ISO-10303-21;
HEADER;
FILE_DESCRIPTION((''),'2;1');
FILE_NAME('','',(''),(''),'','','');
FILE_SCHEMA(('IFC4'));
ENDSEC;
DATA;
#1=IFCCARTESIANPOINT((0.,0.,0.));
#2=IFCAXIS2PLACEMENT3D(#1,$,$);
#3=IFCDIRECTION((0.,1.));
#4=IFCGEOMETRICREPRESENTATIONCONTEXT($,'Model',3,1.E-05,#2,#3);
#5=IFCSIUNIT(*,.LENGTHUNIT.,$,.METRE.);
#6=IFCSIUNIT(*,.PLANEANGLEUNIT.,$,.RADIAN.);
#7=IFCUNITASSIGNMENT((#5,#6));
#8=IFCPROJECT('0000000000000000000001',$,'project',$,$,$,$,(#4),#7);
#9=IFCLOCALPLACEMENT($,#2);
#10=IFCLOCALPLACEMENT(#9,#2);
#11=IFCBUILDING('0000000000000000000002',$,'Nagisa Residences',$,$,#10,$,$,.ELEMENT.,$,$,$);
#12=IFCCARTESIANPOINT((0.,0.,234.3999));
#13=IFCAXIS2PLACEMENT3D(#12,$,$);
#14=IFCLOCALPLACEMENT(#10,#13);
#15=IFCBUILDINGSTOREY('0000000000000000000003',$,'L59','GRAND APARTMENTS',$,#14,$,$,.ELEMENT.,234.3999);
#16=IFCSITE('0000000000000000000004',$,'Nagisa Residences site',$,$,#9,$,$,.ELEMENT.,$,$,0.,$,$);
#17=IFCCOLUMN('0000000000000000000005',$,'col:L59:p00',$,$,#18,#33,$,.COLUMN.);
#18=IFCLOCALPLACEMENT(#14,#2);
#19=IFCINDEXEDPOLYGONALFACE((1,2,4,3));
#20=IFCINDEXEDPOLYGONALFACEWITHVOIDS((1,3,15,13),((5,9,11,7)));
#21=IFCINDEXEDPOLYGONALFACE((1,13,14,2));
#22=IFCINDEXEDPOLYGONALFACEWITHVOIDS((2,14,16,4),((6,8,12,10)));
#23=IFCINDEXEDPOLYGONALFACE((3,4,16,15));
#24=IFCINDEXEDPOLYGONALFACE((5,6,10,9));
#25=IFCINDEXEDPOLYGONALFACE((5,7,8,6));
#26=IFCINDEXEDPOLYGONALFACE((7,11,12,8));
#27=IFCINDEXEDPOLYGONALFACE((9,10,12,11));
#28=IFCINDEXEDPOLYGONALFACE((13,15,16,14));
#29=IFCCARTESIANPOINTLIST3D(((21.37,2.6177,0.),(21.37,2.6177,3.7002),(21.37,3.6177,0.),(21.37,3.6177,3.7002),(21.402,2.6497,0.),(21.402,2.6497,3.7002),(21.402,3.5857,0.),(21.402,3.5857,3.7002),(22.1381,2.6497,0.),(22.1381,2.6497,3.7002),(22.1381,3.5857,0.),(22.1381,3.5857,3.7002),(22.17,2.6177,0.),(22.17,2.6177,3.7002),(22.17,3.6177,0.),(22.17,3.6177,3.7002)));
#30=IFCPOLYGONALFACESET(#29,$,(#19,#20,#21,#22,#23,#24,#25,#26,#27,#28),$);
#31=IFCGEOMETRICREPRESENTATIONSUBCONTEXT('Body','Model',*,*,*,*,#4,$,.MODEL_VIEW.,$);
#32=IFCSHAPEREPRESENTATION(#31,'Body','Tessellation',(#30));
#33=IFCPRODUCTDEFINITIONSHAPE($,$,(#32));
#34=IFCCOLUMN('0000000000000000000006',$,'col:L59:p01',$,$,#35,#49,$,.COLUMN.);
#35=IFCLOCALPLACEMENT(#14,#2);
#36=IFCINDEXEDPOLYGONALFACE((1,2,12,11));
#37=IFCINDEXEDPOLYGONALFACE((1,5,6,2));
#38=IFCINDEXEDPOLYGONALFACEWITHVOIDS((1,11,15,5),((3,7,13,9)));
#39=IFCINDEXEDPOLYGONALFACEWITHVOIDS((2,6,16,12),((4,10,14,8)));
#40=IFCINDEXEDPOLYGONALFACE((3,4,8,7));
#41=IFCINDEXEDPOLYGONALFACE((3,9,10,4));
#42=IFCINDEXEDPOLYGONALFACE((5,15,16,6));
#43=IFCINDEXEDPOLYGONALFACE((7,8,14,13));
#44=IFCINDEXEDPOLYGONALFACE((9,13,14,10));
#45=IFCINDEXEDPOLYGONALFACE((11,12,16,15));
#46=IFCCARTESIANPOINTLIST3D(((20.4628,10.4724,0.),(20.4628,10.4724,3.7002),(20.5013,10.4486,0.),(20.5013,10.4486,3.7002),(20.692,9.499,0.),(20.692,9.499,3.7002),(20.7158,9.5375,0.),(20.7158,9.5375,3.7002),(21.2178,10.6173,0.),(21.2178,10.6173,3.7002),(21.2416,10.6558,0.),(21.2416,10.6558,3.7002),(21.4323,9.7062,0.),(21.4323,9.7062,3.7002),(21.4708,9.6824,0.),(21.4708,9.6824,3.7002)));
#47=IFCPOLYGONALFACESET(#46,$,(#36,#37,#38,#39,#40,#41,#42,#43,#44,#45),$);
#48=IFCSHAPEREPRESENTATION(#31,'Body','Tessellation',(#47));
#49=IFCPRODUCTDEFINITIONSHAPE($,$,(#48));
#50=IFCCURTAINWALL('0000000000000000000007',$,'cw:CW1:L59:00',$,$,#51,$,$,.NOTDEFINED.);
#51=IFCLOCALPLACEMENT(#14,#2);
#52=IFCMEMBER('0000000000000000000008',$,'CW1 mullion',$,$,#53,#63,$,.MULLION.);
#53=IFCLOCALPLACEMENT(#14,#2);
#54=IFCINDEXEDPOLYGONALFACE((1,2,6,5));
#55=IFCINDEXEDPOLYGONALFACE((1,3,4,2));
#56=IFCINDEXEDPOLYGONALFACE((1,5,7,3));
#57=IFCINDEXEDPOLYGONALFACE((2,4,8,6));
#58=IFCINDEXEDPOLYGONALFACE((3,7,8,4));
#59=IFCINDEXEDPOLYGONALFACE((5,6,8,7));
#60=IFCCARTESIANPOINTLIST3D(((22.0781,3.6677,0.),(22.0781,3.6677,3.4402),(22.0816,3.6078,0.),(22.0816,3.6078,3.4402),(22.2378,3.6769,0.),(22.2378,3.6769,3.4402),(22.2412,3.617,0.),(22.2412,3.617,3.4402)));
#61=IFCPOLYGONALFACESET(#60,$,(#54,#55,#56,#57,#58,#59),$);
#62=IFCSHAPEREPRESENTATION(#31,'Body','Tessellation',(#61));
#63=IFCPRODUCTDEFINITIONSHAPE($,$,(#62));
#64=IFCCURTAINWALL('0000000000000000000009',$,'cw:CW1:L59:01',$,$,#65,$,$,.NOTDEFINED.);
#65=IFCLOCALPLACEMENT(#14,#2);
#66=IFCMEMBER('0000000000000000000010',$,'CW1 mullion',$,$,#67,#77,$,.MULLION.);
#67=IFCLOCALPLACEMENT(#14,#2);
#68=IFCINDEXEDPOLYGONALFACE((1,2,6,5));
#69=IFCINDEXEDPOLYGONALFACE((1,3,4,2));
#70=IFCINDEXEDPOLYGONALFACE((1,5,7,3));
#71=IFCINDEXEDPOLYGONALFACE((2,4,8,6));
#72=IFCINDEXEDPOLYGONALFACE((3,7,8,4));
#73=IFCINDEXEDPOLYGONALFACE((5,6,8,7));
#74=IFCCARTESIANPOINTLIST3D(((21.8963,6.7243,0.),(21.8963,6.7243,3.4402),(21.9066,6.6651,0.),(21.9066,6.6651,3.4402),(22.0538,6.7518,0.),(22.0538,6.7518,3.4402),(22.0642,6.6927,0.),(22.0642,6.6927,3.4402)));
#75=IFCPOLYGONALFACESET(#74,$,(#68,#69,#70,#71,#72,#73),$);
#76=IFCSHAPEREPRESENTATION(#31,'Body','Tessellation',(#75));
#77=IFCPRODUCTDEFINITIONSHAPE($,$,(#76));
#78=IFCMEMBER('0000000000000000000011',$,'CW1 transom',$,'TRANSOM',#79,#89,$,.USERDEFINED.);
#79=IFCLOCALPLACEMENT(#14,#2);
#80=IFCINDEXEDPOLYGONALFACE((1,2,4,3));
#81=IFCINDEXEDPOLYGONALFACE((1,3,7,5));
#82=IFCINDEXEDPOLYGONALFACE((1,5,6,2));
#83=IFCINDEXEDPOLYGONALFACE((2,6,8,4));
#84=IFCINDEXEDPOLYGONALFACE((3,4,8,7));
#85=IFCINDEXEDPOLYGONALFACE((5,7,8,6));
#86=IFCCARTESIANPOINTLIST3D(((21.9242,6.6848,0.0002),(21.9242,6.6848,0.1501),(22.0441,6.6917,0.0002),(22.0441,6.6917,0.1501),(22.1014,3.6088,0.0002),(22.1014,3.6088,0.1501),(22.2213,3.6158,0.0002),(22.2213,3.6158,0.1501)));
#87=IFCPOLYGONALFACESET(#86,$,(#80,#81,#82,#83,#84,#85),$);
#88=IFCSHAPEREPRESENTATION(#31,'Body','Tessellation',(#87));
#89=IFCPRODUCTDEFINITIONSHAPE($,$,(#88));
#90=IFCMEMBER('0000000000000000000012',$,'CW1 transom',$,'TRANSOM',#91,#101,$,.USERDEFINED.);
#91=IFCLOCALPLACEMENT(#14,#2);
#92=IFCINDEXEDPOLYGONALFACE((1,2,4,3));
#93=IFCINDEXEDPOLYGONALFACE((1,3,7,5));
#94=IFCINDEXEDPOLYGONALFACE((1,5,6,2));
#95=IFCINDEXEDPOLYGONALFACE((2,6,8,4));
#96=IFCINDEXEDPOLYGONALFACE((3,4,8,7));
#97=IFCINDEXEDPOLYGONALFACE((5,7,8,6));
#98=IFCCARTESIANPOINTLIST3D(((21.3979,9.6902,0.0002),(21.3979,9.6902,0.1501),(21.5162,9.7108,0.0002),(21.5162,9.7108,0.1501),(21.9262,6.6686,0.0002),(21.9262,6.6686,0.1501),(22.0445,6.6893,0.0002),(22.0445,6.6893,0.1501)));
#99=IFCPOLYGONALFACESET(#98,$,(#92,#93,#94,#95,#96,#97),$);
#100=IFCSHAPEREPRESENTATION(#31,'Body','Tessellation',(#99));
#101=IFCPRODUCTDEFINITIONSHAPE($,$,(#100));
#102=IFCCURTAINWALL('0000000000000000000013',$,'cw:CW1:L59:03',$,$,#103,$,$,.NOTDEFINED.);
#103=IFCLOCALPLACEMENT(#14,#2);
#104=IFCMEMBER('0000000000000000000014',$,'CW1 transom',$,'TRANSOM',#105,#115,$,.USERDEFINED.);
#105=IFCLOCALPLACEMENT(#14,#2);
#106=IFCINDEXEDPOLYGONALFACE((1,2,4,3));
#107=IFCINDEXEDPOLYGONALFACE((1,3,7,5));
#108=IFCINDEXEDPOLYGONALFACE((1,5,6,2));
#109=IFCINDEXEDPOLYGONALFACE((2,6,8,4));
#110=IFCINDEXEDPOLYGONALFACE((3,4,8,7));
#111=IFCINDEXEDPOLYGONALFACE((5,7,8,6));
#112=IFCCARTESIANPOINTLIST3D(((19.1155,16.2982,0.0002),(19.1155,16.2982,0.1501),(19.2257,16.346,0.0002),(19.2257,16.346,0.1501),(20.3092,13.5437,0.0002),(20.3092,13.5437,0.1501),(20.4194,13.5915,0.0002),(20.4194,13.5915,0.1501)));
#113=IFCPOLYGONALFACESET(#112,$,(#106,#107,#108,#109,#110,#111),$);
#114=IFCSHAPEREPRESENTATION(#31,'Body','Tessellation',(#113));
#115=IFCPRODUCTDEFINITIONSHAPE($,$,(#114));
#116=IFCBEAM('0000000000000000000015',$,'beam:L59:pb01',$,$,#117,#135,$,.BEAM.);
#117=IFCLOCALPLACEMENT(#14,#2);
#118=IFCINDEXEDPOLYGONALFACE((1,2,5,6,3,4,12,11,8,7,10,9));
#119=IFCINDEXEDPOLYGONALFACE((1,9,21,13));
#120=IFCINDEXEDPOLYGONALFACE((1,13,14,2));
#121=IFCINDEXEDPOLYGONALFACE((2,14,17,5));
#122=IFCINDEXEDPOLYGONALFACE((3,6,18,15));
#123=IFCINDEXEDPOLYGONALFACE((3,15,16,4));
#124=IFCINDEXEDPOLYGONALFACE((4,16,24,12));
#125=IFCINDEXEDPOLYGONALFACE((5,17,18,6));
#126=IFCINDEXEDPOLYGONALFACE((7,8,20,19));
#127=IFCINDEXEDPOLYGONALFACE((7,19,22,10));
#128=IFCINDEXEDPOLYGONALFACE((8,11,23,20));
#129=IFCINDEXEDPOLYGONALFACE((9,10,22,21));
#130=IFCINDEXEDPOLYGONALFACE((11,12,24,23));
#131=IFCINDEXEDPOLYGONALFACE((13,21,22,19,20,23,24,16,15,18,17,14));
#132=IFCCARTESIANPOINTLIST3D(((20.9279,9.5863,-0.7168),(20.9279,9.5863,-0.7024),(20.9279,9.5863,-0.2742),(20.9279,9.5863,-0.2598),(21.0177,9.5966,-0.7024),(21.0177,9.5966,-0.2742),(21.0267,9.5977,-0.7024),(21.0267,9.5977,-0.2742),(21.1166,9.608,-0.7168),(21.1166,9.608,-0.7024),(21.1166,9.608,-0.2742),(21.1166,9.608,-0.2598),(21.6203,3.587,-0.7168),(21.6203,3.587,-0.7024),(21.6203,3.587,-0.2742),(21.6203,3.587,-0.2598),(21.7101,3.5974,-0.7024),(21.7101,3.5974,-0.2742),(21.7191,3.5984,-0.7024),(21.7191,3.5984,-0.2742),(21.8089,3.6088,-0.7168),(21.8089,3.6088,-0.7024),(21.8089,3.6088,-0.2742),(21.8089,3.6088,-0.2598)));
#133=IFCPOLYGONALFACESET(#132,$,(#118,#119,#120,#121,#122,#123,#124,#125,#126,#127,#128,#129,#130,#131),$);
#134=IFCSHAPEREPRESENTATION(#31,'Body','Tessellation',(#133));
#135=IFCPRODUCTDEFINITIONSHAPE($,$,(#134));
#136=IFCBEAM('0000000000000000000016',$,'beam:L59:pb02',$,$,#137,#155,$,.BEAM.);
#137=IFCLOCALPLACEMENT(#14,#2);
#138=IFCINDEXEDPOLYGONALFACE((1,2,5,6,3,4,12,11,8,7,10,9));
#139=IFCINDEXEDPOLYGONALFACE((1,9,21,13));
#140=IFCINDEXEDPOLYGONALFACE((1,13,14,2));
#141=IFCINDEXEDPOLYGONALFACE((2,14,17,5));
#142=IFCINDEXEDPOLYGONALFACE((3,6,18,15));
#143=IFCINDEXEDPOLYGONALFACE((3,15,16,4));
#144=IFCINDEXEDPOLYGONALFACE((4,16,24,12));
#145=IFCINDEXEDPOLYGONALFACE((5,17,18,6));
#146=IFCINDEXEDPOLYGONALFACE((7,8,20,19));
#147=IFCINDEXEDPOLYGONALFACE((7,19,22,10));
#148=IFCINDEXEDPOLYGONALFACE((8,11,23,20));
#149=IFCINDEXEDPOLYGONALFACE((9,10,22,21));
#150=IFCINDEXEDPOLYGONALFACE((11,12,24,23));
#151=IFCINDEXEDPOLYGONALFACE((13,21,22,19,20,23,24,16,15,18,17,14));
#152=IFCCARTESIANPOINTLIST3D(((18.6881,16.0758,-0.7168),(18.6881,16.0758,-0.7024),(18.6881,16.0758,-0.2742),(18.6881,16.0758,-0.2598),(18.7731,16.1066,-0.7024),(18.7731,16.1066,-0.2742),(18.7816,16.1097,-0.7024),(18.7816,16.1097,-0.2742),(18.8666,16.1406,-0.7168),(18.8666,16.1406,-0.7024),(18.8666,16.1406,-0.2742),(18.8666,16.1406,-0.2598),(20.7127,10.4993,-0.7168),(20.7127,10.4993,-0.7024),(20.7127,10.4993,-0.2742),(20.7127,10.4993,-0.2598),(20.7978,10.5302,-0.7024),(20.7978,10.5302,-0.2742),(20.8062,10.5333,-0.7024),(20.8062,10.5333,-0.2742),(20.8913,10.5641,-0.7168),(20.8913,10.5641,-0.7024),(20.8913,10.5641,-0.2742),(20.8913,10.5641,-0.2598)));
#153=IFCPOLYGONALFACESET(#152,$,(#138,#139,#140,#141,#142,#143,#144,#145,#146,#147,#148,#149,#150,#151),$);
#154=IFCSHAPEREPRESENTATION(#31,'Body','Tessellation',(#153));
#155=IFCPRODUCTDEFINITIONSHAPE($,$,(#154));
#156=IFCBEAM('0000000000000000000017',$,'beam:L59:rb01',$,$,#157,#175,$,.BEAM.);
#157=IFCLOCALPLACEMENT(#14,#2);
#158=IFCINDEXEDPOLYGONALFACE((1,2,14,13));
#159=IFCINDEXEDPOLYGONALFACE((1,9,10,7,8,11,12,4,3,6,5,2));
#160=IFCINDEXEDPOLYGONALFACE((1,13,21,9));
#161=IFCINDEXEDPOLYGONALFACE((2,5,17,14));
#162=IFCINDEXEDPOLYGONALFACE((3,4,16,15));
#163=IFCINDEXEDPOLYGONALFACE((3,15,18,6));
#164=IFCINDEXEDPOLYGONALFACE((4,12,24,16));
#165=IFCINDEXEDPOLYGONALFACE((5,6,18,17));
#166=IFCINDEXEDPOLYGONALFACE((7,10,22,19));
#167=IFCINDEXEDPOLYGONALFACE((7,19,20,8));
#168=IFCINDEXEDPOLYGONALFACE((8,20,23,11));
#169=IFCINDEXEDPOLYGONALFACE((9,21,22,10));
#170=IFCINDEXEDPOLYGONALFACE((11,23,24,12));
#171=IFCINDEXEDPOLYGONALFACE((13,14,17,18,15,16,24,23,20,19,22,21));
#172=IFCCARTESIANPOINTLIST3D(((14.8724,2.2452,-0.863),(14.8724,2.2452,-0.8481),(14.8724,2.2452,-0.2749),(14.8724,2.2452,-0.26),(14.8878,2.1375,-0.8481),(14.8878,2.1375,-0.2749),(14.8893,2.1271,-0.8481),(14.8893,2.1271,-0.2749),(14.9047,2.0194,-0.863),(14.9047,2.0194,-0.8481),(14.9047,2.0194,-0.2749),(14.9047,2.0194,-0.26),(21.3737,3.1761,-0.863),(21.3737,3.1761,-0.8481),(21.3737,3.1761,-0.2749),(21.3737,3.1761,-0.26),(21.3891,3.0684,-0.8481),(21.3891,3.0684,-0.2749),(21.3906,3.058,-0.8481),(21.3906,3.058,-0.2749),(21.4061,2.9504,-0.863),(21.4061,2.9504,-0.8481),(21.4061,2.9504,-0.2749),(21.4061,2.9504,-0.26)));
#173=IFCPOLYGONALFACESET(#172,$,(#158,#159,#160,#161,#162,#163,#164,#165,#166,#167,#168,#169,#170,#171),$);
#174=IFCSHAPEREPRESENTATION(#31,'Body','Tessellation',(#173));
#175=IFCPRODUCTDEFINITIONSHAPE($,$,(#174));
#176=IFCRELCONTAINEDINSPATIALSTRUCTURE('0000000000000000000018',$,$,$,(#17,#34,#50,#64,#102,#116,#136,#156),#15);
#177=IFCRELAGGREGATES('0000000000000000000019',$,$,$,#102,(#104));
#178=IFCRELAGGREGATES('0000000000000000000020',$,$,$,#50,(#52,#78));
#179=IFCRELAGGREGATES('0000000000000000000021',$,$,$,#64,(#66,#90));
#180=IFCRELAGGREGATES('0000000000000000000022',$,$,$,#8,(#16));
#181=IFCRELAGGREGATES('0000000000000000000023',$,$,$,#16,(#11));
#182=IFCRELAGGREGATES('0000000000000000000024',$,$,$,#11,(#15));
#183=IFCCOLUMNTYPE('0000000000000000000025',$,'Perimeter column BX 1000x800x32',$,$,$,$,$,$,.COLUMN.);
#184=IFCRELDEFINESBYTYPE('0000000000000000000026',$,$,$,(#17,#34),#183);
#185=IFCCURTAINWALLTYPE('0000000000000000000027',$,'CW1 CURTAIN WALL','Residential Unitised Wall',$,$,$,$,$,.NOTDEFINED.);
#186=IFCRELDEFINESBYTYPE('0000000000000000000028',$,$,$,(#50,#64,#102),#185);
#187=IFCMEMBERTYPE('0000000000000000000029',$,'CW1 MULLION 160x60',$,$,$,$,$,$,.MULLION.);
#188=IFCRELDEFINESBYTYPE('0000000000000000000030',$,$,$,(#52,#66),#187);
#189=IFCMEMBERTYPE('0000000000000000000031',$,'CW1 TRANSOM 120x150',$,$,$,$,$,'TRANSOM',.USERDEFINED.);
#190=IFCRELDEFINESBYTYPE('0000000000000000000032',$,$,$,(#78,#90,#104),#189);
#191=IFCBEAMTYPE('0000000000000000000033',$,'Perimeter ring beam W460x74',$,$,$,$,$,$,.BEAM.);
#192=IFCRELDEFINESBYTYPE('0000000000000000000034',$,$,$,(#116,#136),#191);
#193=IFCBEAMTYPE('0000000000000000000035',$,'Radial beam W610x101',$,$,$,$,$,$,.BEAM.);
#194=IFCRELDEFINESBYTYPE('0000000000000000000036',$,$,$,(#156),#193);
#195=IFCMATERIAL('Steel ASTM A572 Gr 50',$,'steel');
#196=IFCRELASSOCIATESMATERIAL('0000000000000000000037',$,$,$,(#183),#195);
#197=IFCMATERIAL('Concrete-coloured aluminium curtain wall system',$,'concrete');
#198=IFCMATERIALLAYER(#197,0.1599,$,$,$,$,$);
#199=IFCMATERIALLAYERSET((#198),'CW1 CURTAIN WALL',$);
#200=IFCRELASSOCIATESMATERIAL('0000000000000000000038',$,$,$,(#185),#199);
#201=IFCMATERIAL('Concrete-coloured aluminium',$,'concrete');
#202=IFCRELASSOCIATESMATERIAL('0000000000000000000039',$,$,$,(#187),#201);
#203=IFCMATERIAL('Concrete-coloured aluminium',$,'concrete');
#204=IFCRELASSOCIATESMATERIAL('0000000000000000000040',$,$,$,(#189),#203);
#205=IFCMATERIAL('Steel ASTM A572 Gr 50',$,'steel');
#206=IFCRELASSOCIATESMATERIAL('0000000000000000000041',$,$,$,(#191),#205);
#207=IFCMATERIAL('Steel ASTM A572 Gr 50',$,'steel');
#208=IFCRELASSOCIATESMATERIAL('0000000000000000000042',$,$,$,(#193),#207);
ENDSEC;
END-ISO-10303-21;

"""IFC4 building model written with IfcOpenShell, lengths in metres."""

from ifc_helpers import new_model, si_unit, direction, frame, origin, origin_2d, place, context, subcontext, project, spatial, rectangle, hollow_rectangle, i_section, extrude, material, layer, layer_set, material_profile, profile_set, type_object, element, aggregate, save


model = new_model("IFC4")

# Units and contexts
model_context = context("Model", 3, precision=1e-05, world=origin(), true_north=direction((0.0, 1.0)))
body_context = subcontext(model_context, "Body", "Model", "MODEL_VIEW")
ifc_project = project(units=[si_unit("LENGTHUNIT", "METRE"), si_unit("PLANEANGLEUNIT", "RADIAN")], contexts=[model_context])

# Site, building, storey
site_placement = place(None, origin())
site = spatial("IfcSite", under=ifc_project, at=site_placement, Name="Nagisa Residences site", CompositionType="ELEMENT", RefElevation=0.0)
building_placement = place(site_placement, origin())
building = spatial("IfcBuilding", under=site, at=building_placement, Name="Nagisa Residences", CompositionType="ELEMENT")
storey_placement = place(building_placement, frame((0.0, 0.0, 234.3999)))
storey = spatial("IfcBuildingStorey", under=building, at=storey_placement, Name="L59", Description="GRAND APARTMENTS", CompositionType="ELEMENT", Elevation=234.3999)

# Columns
ifc_material_1 = material(Name="Steel ASTM A572 Gr 50", Category="steel")
ifc_material_profile_1 = material_profile(ifc_material_1, hollow_rectangle(XDim=1.0, YDim=0.8, WallThickness=0.032, at=origin_2d()), Name="BX 1000x800x32")
ifc_profile_set_1 = profile_set([ifc_material_profile_1], Name="Steel ASTM A572 Gr 50")
column_type = type_object("IfcColumnType", Name="Perimeter column BX 1000x800x32", PredefinedType="COLUMN", material=ifc_profile_set_1)
for number, where, z_axis, x_axis, name in (
    (1, (21.77, 3.1177, 0.0), (0.0, 0.0, 1.0), (0.0, 1.0, 0.0), "col:L59:p00"),
    (2, (20.9668, 10.0774, 0.0), (0.0, 0.0, 1.0), (-0.229202, 0.973379, 0.0), "col:L59:p01"),
):
    element("IfcColumn", number, at=place(storey_placement, frame(where, z_axis=z_axis, x_axis=x_axis)), inside=storey, type_object=column_type, Name=name, PredefinedType="COLUMN", context=body_context, shape_type="SweptSolid", body=[
        extrude(hollow_rectangle(XDim=1.0, YDim=0.8, WallThickness=0.032, at=origin_2d()), origin(), (0.0, 0.0, 1.0), 3.7002),
    ])

# Curtain walls, members
ifc_material_2 = material(Name="Concrete-coloured aluminium curtain wall system", Category="concrete")
ifc_layer_1 = layer(ifc_material_2, 0.1599)
ifc_layer_set_1 = layer_set([ifc_layer_1], Name="CW1 CURTAIN WALL")
curtain_wall_type = type_object("IfcCurtainWallType", Name="CW1 CURTAIN WALL", Description="Residential Unitised Wall", PredefinedType="NOTDEFINED", material=ifc_layer_set_1)
curtain_wall_1_placement = place(storey_placement, origin())
curtain_wall_1 = element("IfcCurtainWall", 3, at=curtain_wall_1_placement, inside=storey, type_object=curtain_wall_type, Name="cw:CW1:L59:00", PredefinedType="NOTDEFINED")
ifc_material_3 = material(Name="Concrete-coloured aluminium", Category="concrete")
ifc_material_profile_2 = material_profile(ifc_material_3, rectangle(XDim=0.1599, YDim=0.0601, at=origin_2d()), Name="CW1 MULLION 160x60")
ifc_profile_set_2 = profile_set([ifc_material_profile_2], Name="Concrete-coloured aluminium")
member_type_1 = type_object("IfcMemberType", Name="CW1 MULLION 160x60", PredefinedType="MULLION", material=ifc_profile_set_2)
member_1_placement = place(storey_placement, frame((22.1597, 3.6423, 0.0), z_axis=(0.0, 0.0, 1.0), x_axis=(-0.998345, -0.057503, 0.0)))
member_1 = element("IfcMember", 4, at=member_1_placement, type_object=member_type_1, Name="CW1 mullion", PredefinedType="MULLION", context=body_context, shape_type="SweptSolid", body=[
    extrude(rectangle(XDim=0.1599, YDim=0.0601, at=origin_2d()), origin(), (0.0, 0.0, 1.0), 3.4402),
])
curtain_wall_2_placement = place(storey_placement, origin())
curtain_wall_2 = element("IfcCurtainWall", 5, at=curtain_wall_2_placement, inside=storey, type_object=curtain_wall_type, Name="cw:CW1:L59:01", PredefinedType="NOTDEFINED")
member_2_placement = place(storey_placement, frame((21.9802, 6.7085, 0.0), z_axis=(0.0, 0.0, 1.0), x_axis=(-0.985064, -0.172191, 0.0)))
member_2 = element("IfcMember", 6, at=member_2_placement, type_object=member_type_1, Name="CW1 mullion", PredefinedType="MULLION", context=body_context, shape_type="SweptSolid", body=[
    extrude(rectangle(XDim=0.1599, YDim=0.0601, at=origin_2d()), origin(), (0.0, 0.0, 1.0), 3.4402),
])

# Members
ifc_material_4 = material(Name="Concrete-coloured aluminium", Category="concrete")
ifc_material_profile_3 = material_profile(ifc_material_4, rectangle(XDim=0.1201, YDim=0.1499, at=origin_2d()), Name="CW1 TRANSOM 120x150")
ifc_profile_set_3 = profile_set([ifc_material_profile_3], Name="Concrete-coloured aluminium")
member_type_2 = type_object("IfcMemberType", Name="CW1 TRANSOM 120x150", ElementType="TRANSOM", PredefinedType="USERDEFINED", material=ifc_profile_set_3)
member_3_placement = place(storey_placement, frame((22.1614, 3.6123, 0.0752), z_axis=(-0.057528, 0.998344, 0.0), x_axis=(-0.998344, -0.057528, 0.0)))
member_3 = element("IfcMember", 7, at=member_3_placement, type_object=member_type_2, Name="CW1 transom", ObjectType="TRANSOM", PredefinedType="USERDEFINED", context=body_context, shape_type="SweptSolid", body=[
    extrude(rectangle(XDim=0.1201, YDim=0.1499, at=origin_2d()), origin(), (0.0, 0.0, 1.0), 3.0811),
])
member_4_placement = place(storey_placement, frame((21.9854, 6.679, 0.0752), z_axis=(-0.172241, 0.985055, 0.0), x_axis=(-0.985055, -0.172241, 0.0)))
member_4 = element("IfcMember", 8, at=member_4_placement, type_object=member_type_2, Name="CW1 transom", ObjectType="TRANSOM", PredefinedType="USERDEFINED", context=body_context, shape_type="SweptSolid", body=[
    extrude(rectangle(XDim=0.1201, YDim=0.1499, at=origin_2d()), origin(), (0.0, 0.0, 1.0), 3.0674),
])

# Curtain wall, member
curtain_wall_3_placement = place(storey_placement, origin())
curtain_wall_3 = element("IfcCurtainWall", 9, at=curtain_wall_3_placement, inside=storey, type_object=curtain_wall_type, Name="cw:CW1:L59:03", PredefinedType="NOTDEFINED")
member_5_placement = place(storey_placement, frame((20.3643, 13.5676, 0.0752), z_axis=(-0.397617, 0.917552, 0.0), x_axis=(-0.917552, -0.397617, 0.0)))
member_5 = element("IfcMember", 10, at=member_5_placement, type_object=member_type_2, Name="CW1 transom", ObjectType="TRANSOM", PredefinedType="USERDEFINED", context=body_context, shape_type="SweptSolid", body=[
    extrude(rectangle(XDim=0.1201, YDim=0.1499, at=origin_2d()), origin(), (0.0, 0.0, 1.0), 3.002),
])
aggregate(curtain_wall_3, [member_5])

# Beams
ifc_material_5 = material(Name="Steel ASTM A572 Gr 50", Category="steel")
ifc_material_profile_4 = material_profile(ifc_material_5, i_section(OverallWidth=0.1899, OverallDepth=0.457, WebThickness=0.009, FlangeThickness=0.0144, at=origin_2d()), Name="W460x74")
ifc_profile_set_4 = profile_set([ifc_material_profile_4], Name="Steel ASTM A572 Gr 50")
beam_type_1 = type_object("IfcBeamType", Name="Perimeter ring beam W460x74", PredefinedType="BEAM", material=ifc_profile_set_4)
beam_1_placement = place(storey_placement, frame((21.7146, 3.5979, -0.4883), z_axis=(-0.11465, 0.993406, 0.0), x_axis=(-0.993406, -0.11465, 0.0)))
element("IfcBeam", 11, at=beam_1_placement, inside=storey, type_object=beam_type_1, Name="beam:L59:pb01", PredefinedType="BEAM", context=body_context, shape_type="SweptSolid", body=[
    extrude(i_section(OverallWidth=0.1899, OverallDepth=0.457, WebThickness=0.009, FlangeThickness=0.0144, at=origin_2d()), origin(), (0.0, 0.0, 1.0), 6.0391),
])
beam_2_placement = place(storey_placement, frame((20.802, 10.5317, -0.4883), z_axis=(-0.341277, 0.939963, 0.0), x_axis=(-0.939963, -0.341277, 0.0)))
element("IfcBeam", 12, at=beam_2_placement, inside=storey, type_object=beam_type_1, Name="beam:L59:pb02", PredefinedType="BEAM", context=body_context, shape_type="SweptSolid", body=[
    extrude(i_section(OverallWidth=0.1899, OverallDepth=0.457, WebThickness=0.009, FlangeThickness=0.0144, at=origin_2d()), origin(), (0.0, 0.0, 1.0), 5.9326),
])
ifc_material_6 = material(Name="Steel ASTM A572 Gr 50", Category="steel")
ifc_material_profile_5 = material_profile(ifc_material_6, i_section(OverallWidth=0.228, OverallDepth=0.603, WebThickness=0.0105, FlangeThickness=0.0149, at=origin_2d()), Name="W610x101")
ifc_profile_set_5 = profile_set([ifc_material_profile_5], Name="Steel ASTM A572 Gr 50")
beam_type_2 = type_object("IfcBeamType", Name="Radial beam W610x101", PredefinedType="BEAM", material=ifc_profile_set_5)
beam_3_placement = place(storey_placement, frame((21.3899, 3.0632, -0.5615), z_axis=(-0.989903, -0.141744, 0.0), x_axis=(0.141744, -0.989903, 0.0)))
element("IfcBeam", 13, at=beam_3_placement, inside=storey, type_object=beam_type_2, Name="beam:L59:rb01", PredefinedType="BEAM", context=body_context, shape_type="SweptSolid", body=[
    extrude(i_section(OverallWidth=0.228, OverallDepth=0.603, WebThickness=0.0105, FlangeThickness=0.0149, at=origin_2d()), origin(), (0.0, 0.0, 1.0), 6.5676),
])

aggregate(curtain_wall_1, [member_1, member_3])
aggregate(curtain_wall_2, [member_2, member_4])

save(model, "model.ifc")
